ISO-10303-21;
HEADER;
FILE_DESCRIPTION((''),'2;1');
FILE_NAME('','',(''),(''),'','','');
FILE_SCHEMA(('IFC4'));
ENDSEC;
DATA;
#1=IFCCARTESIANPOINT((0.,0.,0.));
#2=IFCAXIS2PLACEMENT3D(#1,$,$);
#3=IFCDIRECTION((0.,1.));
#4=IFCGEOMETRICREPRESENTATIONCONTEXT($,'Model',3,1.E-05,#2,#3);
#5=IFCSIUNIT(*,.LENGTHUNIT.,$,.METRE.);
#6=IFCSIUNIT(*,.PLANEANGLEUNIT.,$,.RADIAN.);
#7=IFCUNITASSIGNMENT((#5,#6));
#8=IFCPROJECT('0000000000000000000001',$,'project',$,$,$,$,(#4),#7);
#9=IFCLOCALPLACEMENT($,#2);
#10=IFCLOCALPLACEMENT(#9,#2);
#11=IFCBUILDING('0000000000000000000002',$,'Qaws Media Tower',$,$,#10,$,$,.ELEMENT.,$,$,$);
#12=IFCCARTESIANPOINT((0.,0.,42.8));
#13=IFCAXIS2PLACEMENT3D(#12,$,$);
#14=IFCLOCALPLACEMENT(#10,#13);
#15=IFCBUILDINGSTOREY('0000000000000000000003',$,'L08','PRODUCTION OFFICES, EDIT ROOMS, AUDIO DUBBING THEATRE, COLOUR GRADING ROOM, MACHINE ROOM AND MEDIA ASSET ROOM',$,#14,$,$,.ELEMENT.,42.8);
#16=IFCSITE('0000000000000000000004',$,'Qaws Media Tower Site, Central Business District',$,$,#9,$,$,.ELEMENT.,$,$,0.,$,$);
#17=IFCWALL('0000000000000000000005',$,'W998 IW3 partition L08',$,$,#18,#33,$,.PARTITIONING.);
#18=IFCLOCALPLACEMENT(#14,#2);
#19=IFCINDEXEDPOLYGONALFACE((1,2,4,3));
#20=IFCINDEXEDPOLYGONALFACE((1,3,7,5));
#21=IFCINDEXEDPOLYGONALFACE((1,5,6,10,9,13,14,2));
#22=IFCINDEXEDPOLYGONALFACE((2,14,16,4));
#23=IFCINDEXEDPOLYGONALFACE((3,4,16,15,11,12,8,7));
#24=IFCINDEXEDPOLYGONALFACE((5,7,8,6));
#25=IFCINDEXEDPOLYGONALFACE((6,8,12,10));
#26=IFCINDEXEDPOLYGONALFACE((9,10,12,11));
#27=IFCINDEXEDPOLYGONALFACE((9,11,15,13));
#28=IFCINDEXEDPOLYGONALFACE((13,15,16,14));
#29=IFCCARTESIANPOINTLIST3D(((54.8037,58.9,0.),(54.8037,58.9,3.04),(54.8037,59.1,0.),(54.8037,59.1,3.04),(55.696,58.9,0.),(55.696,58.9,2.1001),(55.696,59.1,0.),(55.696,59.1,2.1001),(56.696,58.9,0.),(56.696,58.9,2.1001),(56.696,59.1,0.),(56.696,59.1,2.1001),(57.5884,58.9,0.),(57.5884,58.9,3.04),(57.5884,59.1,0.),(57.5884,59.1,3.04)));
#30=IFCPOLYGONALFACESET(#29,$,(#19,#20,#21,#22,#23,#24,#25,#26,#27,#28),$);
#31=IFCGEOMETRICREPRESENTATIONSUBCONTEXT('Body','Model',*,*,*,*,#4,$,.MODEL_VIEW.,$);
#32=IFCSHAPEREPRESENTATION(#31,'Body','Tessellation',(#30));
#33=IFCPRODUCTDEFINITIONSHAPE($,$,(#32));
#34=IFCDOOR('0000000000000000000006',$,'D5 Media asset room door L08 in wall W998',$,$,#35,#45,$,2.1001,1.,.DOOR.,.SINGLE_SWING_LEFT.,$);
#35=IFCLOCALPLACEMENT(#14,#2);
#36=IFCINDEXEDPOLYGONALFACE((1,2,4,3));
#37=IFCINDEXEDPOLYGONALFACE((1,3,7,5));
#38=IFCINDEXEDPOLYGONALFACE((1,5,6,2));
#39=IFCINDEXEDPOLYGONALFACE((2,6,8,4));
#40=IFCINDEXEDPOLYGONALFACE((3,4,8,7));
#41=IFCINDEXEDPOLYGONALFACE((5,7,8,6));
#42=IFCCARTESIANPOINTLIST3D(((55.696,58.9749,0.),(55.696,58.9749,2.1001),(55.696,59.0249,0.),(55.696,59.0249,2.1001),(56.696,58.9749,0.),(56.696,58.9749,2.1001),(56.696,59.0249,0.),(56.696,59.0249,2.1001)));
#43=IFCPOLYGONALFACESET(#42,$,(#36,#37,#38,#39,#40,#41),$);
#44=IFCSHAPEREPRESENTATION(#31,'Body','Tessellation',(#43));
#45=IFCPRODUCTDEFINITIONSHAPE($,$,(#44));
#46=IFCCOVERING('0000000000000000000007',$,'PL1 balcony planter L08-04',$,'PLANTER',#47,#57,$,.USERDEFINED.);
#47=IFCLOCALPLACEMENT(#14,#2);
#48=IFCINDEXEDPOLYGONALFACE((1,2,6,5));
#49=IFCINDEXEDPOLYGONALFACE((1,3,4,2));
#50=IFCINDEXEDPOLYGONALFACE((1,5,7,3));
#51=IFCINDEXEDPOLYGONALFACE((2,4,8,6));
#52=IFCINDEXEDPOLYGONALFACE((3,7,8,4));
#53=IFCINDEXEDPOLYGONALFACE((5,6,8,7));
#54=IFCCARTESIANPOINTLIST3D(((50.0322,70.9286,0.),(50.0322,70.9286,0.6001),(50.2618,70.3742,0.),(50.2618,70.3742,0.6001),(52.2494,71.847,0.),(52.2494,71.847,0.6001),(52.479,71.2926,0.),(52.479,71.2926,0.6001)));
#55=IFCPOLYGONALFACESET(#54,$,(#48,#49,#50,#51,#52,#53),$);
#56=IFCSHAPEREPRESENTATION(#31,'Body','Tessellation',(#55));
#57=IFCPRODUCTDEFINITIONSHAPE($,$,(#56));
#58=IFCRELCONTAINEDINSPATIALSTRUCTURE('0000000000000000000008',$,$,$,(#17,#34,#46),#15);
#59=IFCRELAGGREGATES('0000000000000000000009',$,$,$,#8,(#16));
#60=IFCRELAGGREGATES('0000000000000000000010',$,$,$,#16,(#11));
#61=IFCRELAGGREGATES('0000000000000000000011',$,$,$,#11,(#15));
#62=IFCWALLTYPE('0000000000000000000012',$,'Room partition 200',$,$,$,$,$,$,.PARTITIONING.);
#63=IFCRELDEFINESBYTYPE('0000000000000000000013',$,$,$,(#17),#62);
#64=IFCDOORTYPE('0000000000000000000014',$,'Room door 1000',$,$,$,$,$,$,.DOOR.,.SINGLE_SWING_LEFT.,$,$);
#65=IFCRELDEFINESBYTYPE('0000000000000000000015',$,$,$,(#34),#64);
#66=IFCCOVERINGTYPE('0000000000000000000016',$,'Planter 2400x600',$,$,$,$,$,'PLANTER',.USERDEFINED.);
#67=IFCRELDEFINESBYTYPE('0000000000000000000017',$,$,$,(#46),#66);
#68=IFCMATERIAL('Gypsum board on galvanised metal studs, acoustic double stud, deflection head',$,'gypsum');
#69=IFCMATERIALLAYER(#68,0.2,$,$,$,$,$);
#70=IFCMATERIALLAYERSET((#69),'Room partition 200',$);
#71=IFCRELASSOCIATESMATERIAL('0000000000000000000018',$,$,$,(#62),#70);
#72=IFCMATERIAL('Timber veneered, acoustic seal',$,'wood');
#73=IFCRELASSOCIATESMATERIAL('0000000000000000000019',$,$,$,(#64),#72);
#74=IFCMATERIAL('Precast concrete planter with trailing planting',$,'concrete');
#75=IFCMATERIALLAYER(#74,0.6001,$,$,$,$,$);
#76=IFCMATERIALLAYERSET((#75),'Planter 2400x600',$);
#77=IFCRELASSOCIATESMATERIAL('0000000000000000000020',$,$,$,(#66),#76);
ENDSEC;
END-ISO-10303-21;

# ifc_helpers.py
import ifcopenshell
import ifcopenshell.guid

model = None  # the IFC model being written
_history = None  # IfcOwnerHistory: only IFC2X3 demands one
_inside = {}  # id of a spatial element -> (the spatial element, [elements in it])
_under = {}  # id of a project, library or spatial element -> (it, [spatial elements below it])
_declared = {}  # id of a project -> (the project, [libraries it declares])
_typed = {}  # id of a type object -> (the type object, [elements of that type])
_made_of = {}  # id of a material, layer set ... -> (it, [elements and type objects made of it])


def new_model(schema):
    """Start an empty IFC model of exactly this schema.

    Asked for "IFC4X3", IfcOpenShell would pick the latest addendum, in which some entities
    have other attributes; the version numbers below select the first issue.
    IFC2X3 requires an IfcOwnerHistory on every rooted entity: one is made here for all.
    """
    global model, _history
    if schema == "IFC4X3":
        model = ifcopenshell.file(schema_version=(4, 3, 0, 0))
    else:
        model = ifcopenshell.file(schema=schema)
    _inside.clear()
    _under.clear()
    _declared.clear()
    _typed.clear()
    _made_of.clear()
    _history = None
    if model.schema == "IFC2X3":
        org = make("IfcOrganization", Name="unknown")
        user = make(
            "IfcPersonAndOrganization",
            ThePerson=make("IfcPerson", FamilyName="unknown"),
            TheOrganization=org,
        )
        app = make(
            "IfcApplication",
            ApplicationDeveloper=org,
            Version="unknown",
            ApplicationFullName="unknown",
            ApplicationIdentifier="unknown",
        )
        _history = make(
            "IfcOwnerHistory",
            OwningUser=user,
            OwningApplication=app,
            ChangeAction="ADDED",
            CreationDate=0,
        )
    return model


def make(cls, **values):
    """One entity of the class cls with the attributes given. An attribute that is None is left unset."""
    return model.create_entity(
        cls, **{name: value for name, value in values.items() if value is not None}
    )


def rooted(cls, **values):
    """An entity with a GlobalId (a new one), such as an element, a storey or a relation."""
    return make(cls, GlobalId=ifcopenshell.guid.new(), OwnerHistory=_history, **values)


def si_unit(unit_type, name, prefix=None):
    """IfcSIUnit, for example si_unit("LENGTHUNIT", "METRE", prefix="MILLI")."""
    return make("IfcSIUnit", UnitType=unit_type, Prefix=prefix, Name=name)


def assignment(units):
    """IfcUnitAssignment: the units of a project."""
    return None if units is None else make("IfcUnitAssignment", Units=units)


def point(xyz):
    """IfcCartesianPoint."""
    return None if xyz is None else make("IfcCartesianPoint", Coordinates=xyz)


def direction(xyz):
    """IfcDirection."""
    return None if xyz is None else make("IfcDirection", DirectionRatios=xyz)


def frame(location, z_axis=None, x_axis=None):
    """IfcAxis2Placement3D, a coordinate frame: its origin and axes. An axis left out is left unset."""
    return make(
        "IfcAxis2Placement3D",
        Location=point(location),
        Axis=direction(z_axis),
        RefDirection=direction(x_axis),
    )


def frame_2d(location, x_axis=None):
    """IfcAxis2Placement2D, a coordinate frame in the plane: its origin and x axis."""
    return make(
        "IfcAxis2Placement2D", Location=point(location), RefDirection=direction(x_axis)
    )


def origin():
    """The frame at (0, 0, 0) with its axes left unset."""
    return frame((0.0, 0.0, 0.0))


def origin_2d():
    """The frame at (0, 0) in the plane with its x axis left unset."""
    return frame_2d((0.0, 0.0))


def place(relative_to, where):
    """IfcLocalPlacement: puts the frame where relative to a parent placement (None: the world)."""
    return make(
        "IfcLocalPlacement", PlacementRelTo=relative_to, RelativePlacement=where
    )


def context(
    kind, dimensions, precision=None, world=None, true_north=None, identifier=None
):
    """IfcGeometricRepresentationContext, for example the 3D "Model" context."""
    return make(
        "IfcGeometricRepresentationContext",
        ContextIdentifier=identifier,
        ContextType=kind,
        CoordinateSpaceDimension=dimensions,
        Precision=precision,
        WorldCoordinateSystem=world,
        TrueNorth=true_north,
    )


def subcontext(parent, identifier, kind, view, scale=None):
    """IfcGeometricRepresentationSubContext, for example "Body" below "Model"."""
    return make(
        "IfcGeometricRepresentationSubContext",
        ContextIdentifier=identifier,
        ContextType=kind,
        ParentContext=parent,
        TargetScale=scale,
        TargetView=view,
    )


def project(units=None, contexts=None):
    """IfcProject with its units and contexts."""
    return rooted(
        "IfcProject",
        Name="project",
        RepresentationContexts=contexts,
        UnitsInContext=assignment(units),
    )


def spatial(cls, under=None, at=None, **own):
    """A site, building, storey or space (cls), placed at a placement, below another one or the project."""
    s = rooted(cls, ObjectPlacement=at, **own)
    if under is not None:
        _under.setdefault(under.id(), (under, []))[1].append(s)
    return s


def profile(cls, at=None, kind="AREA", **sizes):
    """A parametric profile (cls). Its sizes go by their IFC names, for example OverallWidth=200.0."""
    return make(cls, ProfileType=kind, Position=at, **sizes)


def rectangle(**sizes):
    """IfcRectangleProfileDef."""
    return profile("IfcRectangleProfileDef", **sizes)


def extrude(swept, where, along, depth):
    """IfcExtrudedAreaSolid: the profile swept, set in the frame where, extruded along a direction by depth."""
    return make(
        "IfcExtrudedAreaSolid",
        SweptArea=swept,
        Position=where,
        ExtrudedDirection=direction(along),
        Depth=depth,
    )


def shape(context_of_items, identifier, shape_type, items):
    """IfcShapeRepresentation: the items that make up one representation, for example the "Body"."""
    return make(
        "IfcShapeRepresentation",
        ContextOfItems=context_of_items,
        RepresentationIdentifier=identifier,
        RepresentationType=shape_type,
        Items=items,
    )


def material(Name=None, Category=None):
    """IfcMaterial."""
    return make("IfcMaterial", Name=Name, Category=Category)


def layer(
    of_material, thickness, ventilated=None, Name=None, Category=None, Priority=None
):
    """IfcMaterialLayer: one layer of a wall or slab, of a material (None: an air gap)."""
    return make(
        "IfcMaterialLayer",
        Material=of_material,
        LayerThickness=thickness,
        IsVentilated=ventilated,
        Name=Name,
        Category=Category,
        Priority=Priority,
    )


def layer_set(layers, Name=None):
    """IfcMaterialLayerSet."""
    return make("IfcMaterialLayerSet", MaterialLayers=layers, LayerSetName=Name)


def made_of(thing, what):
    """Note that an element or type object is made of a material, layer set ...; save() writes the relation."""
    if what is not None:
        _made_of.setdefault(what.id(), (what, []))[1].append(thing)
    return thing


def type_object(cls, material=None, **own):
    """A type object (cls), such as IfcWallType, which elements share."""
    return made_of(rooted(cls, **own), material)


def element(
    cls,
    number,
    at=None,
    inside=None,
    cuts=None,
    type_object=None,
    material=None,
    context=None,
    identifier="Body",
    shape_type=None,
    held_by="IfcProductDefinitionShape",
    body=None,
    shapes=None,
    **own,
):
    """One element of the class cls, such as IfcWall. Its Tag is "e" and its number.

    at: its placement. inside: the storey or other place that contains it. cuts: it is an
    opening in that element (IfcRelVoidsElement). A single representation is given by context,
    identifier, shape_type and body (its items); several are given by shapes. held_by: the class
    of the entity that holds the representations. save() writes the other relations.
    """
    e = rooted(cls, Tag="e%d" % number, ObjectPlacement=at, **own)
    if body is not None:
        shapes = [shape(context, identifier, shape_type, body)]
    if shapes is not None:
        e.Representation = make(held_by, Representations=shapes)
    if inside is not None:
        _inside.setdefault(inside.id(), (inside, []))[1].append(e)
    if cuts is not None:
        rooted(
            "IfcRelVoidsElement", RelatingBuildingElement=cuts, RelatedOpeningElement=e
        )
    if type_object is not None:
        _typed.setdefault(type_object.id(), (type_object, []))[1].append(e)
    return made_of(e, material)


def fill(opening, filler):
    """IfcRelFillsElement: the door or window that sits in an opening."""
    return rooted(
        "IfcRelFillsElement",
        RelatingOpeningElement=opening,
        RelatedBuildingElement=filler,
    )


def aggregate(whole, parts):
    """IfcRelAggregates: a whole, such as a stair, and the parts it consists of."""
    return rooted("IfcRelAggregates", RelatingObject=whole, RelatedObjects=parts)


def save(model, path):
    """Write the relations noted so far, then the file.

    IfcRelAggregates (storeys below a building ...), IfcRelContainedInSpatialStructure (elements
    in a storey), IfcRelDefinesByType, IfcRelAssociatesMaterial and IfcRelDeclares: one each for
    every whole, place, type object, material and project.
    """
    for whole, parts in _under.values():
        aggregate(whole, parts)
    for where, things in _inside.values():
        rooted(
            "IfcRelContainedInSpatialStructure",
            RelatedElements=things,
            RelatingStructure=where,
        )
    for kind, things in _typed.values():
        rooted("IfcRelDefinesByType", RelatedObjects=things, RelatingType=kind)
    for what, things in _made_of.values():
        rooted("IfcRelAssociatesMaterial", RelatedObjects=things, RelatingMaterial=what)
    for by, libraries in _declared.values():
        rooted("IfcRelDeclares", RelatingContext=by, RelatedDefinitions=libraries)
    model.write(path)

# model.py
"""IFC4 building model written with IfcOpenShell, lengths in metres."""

from ifc_helpers import new_model, si_unit, direction, frame, frame_2d, origin, origin_2d, place, context, subcontext, project, spatial, rectangle, extrude, material, layer, layer_set, type_object, element, fill, save


model = new_model("IFC4")

# Units and contexts
model_context = context("Model", 3, precision=1e-05, world=origin(), true_north=direction((0.0, 1.0)))
body_context = subcontext(model_context, "Body", "Model", "MODEL_VIEW")
ifc_project = project(units=[si_unit("LENGTHUNIT", "METRE"), si_unit("PLANEANGLEUNIT", "RADIAN")], contexts=[model_context])

# Site, building, storey
site_placement = place(None, origin())
site = spatial("IfcSite", under=ifc_project, at=site_placement, Name="Qaws Media Tower Site, Central Business District", CompositionType="ELEMENT", RefElevation=0.0)
building_placement = place(site_placement, origin())
building = spatial("IfcBuilding", under=site, at=building_placement, Name="Qaws Media Tower", CompositionType="ELEMENT")
storey_placement = place(building_placement, frame((0.0, 0.0, 42.8)))
storey = spatial("IfcBuildingStorey", under=building, at=storey_placement, Name="L08", Description="PRODUCTION OFFICES, EDIT ROOMS, AUDIO DUBBING THEATRE, COLOUR GRADING ROOM, MACHINE ROOM AND MEDIA ASSET ROOM", CompositionType="ELEMENT", Elevation=42.8)

# Shared definitions
ifc_material_1 = material(Name="Gypsum board on galvanised metal studs, acoustic double stud, deflection head", Category="gypsum")
ifc_layer_1 = layer(ifc_material_1, 0.2)
ifc_layer_set_1 = layer_set([ifc_layer_1], Name="Room partition 200")
wall_type_1 = type_object("IfcWallType", Name="Room partition 200", PredefinedType="PARTITIONING", material=ifc_layer_set_1)

# Wall, opening, door
wall_1_placement = place(storey_placement, frame((54.8037, 59.0, 0.0), z_axis=(0.0, 0.0, 1.0), x_axis=(1.0, 0.0, 0.0)))
wall_1 = element("IfcWall", 1, at=wall_1_placement, inside=storey, type_object=wall_type_1, Name="W998 IW3 partition L08", PredefinedType="PARTITIONING", context=body_context, shape_type="SweptSolid", body=[
    extrude(rectangle(XDim=2.7847, YDim=0.2, at=frame_2d((1.3923, 0.0))), origin(), (0.0, 0.0, 1.0), 3.04),
])
opening_placement = place(wall_1_placement, frame((0.8923, 0.0, 0.0)))
opening = element("IfcOpeningElement", 2, at=opening_placement, cuts=wall_1, PredefinedType="OPENING", context=body_context, shape_type="SweptSolid", body=[
    extrude(rectangle(XDim=1.0, YDim=2.1001, at=frame_2d((0.5, 1.05))), frame((0.0, 0.1099, 0.0), z_axis=(0.0, -1.0, 0.0), x_axis=(1.0, 0.0, 0.0)), (0.0, 0.0, 1.0), 0.22),
])
ifc_material_2 = material(Name="Timber veneered, acoustic seal", Category="wood")
door_type = type_object("IfcDoorType", Name="Room door 1000", OperationType="SINGLE_SWING_LEFT", PredefinedType="DOOR", material=ifc_material_2)
door_placement = place(opening_placement, origin())
door = element("IfcDoor", 3, at=door_placement, inside=storey, type_object=door_type, Name="D5 Media asset room door L08 in wall W998", OperationType="SINGLE_SWING_LEFT", OverallHeight=2.1001, OverallWidth=1.0, PredefinedType="DOOR", context=body_context, shape_type="SweptSolid", body=[
    extrude(rectangle(XDim=1.0, YDim=2.1001, at=frame_2d((0.5, 1.05))), frame((0.0, 0.0249, 0.0), z_axis=(0.0, -1.0, 0.0), x_axis=(1.0, 0.0, 0.0)), (0.0, 0.0, 1.0), 0.05),
])
fill(opening, door)

# Covering
ifc_material_3 = material(Name="Precast concrete planter with trailing planting", Category="concrete")
ifc_layer_2 = layer(ifc_material_3, 0.6001)
ifc_layer_set_2 = layer_set([ifc_layer_2], Name="Planter 2400x600")
covering_type = type_object("IfcCoveringType", Name="Planter 2400x600", ElementType="PLANTER", PredefinedType="USERDEFINED", material=ifc_layer_set_2)
covering_placement = place(storey_placement, frame((51.2556, 71.1106, 0.0), z_axis=(0.0, 0.0, 1.0), x_axis=(-0.92388, -0.382683, 0.0)))
element("IfcCovering", 4, at=covering_placement, inside=storey, type_object=covering_type, Name="PL1 balcony planter L08-04", ObjectType="PLANTER", PredefinedType="USERDEFINED", context=body_context, shape_type="SweptSolid", body=[
    extrude(rectangle(XDim=2.3999, YDim=0.6001, at=origin_2d()), origin(), (0.0, 0.0, 1.0), 0.6001),
])

save(model, "model.ifc")
